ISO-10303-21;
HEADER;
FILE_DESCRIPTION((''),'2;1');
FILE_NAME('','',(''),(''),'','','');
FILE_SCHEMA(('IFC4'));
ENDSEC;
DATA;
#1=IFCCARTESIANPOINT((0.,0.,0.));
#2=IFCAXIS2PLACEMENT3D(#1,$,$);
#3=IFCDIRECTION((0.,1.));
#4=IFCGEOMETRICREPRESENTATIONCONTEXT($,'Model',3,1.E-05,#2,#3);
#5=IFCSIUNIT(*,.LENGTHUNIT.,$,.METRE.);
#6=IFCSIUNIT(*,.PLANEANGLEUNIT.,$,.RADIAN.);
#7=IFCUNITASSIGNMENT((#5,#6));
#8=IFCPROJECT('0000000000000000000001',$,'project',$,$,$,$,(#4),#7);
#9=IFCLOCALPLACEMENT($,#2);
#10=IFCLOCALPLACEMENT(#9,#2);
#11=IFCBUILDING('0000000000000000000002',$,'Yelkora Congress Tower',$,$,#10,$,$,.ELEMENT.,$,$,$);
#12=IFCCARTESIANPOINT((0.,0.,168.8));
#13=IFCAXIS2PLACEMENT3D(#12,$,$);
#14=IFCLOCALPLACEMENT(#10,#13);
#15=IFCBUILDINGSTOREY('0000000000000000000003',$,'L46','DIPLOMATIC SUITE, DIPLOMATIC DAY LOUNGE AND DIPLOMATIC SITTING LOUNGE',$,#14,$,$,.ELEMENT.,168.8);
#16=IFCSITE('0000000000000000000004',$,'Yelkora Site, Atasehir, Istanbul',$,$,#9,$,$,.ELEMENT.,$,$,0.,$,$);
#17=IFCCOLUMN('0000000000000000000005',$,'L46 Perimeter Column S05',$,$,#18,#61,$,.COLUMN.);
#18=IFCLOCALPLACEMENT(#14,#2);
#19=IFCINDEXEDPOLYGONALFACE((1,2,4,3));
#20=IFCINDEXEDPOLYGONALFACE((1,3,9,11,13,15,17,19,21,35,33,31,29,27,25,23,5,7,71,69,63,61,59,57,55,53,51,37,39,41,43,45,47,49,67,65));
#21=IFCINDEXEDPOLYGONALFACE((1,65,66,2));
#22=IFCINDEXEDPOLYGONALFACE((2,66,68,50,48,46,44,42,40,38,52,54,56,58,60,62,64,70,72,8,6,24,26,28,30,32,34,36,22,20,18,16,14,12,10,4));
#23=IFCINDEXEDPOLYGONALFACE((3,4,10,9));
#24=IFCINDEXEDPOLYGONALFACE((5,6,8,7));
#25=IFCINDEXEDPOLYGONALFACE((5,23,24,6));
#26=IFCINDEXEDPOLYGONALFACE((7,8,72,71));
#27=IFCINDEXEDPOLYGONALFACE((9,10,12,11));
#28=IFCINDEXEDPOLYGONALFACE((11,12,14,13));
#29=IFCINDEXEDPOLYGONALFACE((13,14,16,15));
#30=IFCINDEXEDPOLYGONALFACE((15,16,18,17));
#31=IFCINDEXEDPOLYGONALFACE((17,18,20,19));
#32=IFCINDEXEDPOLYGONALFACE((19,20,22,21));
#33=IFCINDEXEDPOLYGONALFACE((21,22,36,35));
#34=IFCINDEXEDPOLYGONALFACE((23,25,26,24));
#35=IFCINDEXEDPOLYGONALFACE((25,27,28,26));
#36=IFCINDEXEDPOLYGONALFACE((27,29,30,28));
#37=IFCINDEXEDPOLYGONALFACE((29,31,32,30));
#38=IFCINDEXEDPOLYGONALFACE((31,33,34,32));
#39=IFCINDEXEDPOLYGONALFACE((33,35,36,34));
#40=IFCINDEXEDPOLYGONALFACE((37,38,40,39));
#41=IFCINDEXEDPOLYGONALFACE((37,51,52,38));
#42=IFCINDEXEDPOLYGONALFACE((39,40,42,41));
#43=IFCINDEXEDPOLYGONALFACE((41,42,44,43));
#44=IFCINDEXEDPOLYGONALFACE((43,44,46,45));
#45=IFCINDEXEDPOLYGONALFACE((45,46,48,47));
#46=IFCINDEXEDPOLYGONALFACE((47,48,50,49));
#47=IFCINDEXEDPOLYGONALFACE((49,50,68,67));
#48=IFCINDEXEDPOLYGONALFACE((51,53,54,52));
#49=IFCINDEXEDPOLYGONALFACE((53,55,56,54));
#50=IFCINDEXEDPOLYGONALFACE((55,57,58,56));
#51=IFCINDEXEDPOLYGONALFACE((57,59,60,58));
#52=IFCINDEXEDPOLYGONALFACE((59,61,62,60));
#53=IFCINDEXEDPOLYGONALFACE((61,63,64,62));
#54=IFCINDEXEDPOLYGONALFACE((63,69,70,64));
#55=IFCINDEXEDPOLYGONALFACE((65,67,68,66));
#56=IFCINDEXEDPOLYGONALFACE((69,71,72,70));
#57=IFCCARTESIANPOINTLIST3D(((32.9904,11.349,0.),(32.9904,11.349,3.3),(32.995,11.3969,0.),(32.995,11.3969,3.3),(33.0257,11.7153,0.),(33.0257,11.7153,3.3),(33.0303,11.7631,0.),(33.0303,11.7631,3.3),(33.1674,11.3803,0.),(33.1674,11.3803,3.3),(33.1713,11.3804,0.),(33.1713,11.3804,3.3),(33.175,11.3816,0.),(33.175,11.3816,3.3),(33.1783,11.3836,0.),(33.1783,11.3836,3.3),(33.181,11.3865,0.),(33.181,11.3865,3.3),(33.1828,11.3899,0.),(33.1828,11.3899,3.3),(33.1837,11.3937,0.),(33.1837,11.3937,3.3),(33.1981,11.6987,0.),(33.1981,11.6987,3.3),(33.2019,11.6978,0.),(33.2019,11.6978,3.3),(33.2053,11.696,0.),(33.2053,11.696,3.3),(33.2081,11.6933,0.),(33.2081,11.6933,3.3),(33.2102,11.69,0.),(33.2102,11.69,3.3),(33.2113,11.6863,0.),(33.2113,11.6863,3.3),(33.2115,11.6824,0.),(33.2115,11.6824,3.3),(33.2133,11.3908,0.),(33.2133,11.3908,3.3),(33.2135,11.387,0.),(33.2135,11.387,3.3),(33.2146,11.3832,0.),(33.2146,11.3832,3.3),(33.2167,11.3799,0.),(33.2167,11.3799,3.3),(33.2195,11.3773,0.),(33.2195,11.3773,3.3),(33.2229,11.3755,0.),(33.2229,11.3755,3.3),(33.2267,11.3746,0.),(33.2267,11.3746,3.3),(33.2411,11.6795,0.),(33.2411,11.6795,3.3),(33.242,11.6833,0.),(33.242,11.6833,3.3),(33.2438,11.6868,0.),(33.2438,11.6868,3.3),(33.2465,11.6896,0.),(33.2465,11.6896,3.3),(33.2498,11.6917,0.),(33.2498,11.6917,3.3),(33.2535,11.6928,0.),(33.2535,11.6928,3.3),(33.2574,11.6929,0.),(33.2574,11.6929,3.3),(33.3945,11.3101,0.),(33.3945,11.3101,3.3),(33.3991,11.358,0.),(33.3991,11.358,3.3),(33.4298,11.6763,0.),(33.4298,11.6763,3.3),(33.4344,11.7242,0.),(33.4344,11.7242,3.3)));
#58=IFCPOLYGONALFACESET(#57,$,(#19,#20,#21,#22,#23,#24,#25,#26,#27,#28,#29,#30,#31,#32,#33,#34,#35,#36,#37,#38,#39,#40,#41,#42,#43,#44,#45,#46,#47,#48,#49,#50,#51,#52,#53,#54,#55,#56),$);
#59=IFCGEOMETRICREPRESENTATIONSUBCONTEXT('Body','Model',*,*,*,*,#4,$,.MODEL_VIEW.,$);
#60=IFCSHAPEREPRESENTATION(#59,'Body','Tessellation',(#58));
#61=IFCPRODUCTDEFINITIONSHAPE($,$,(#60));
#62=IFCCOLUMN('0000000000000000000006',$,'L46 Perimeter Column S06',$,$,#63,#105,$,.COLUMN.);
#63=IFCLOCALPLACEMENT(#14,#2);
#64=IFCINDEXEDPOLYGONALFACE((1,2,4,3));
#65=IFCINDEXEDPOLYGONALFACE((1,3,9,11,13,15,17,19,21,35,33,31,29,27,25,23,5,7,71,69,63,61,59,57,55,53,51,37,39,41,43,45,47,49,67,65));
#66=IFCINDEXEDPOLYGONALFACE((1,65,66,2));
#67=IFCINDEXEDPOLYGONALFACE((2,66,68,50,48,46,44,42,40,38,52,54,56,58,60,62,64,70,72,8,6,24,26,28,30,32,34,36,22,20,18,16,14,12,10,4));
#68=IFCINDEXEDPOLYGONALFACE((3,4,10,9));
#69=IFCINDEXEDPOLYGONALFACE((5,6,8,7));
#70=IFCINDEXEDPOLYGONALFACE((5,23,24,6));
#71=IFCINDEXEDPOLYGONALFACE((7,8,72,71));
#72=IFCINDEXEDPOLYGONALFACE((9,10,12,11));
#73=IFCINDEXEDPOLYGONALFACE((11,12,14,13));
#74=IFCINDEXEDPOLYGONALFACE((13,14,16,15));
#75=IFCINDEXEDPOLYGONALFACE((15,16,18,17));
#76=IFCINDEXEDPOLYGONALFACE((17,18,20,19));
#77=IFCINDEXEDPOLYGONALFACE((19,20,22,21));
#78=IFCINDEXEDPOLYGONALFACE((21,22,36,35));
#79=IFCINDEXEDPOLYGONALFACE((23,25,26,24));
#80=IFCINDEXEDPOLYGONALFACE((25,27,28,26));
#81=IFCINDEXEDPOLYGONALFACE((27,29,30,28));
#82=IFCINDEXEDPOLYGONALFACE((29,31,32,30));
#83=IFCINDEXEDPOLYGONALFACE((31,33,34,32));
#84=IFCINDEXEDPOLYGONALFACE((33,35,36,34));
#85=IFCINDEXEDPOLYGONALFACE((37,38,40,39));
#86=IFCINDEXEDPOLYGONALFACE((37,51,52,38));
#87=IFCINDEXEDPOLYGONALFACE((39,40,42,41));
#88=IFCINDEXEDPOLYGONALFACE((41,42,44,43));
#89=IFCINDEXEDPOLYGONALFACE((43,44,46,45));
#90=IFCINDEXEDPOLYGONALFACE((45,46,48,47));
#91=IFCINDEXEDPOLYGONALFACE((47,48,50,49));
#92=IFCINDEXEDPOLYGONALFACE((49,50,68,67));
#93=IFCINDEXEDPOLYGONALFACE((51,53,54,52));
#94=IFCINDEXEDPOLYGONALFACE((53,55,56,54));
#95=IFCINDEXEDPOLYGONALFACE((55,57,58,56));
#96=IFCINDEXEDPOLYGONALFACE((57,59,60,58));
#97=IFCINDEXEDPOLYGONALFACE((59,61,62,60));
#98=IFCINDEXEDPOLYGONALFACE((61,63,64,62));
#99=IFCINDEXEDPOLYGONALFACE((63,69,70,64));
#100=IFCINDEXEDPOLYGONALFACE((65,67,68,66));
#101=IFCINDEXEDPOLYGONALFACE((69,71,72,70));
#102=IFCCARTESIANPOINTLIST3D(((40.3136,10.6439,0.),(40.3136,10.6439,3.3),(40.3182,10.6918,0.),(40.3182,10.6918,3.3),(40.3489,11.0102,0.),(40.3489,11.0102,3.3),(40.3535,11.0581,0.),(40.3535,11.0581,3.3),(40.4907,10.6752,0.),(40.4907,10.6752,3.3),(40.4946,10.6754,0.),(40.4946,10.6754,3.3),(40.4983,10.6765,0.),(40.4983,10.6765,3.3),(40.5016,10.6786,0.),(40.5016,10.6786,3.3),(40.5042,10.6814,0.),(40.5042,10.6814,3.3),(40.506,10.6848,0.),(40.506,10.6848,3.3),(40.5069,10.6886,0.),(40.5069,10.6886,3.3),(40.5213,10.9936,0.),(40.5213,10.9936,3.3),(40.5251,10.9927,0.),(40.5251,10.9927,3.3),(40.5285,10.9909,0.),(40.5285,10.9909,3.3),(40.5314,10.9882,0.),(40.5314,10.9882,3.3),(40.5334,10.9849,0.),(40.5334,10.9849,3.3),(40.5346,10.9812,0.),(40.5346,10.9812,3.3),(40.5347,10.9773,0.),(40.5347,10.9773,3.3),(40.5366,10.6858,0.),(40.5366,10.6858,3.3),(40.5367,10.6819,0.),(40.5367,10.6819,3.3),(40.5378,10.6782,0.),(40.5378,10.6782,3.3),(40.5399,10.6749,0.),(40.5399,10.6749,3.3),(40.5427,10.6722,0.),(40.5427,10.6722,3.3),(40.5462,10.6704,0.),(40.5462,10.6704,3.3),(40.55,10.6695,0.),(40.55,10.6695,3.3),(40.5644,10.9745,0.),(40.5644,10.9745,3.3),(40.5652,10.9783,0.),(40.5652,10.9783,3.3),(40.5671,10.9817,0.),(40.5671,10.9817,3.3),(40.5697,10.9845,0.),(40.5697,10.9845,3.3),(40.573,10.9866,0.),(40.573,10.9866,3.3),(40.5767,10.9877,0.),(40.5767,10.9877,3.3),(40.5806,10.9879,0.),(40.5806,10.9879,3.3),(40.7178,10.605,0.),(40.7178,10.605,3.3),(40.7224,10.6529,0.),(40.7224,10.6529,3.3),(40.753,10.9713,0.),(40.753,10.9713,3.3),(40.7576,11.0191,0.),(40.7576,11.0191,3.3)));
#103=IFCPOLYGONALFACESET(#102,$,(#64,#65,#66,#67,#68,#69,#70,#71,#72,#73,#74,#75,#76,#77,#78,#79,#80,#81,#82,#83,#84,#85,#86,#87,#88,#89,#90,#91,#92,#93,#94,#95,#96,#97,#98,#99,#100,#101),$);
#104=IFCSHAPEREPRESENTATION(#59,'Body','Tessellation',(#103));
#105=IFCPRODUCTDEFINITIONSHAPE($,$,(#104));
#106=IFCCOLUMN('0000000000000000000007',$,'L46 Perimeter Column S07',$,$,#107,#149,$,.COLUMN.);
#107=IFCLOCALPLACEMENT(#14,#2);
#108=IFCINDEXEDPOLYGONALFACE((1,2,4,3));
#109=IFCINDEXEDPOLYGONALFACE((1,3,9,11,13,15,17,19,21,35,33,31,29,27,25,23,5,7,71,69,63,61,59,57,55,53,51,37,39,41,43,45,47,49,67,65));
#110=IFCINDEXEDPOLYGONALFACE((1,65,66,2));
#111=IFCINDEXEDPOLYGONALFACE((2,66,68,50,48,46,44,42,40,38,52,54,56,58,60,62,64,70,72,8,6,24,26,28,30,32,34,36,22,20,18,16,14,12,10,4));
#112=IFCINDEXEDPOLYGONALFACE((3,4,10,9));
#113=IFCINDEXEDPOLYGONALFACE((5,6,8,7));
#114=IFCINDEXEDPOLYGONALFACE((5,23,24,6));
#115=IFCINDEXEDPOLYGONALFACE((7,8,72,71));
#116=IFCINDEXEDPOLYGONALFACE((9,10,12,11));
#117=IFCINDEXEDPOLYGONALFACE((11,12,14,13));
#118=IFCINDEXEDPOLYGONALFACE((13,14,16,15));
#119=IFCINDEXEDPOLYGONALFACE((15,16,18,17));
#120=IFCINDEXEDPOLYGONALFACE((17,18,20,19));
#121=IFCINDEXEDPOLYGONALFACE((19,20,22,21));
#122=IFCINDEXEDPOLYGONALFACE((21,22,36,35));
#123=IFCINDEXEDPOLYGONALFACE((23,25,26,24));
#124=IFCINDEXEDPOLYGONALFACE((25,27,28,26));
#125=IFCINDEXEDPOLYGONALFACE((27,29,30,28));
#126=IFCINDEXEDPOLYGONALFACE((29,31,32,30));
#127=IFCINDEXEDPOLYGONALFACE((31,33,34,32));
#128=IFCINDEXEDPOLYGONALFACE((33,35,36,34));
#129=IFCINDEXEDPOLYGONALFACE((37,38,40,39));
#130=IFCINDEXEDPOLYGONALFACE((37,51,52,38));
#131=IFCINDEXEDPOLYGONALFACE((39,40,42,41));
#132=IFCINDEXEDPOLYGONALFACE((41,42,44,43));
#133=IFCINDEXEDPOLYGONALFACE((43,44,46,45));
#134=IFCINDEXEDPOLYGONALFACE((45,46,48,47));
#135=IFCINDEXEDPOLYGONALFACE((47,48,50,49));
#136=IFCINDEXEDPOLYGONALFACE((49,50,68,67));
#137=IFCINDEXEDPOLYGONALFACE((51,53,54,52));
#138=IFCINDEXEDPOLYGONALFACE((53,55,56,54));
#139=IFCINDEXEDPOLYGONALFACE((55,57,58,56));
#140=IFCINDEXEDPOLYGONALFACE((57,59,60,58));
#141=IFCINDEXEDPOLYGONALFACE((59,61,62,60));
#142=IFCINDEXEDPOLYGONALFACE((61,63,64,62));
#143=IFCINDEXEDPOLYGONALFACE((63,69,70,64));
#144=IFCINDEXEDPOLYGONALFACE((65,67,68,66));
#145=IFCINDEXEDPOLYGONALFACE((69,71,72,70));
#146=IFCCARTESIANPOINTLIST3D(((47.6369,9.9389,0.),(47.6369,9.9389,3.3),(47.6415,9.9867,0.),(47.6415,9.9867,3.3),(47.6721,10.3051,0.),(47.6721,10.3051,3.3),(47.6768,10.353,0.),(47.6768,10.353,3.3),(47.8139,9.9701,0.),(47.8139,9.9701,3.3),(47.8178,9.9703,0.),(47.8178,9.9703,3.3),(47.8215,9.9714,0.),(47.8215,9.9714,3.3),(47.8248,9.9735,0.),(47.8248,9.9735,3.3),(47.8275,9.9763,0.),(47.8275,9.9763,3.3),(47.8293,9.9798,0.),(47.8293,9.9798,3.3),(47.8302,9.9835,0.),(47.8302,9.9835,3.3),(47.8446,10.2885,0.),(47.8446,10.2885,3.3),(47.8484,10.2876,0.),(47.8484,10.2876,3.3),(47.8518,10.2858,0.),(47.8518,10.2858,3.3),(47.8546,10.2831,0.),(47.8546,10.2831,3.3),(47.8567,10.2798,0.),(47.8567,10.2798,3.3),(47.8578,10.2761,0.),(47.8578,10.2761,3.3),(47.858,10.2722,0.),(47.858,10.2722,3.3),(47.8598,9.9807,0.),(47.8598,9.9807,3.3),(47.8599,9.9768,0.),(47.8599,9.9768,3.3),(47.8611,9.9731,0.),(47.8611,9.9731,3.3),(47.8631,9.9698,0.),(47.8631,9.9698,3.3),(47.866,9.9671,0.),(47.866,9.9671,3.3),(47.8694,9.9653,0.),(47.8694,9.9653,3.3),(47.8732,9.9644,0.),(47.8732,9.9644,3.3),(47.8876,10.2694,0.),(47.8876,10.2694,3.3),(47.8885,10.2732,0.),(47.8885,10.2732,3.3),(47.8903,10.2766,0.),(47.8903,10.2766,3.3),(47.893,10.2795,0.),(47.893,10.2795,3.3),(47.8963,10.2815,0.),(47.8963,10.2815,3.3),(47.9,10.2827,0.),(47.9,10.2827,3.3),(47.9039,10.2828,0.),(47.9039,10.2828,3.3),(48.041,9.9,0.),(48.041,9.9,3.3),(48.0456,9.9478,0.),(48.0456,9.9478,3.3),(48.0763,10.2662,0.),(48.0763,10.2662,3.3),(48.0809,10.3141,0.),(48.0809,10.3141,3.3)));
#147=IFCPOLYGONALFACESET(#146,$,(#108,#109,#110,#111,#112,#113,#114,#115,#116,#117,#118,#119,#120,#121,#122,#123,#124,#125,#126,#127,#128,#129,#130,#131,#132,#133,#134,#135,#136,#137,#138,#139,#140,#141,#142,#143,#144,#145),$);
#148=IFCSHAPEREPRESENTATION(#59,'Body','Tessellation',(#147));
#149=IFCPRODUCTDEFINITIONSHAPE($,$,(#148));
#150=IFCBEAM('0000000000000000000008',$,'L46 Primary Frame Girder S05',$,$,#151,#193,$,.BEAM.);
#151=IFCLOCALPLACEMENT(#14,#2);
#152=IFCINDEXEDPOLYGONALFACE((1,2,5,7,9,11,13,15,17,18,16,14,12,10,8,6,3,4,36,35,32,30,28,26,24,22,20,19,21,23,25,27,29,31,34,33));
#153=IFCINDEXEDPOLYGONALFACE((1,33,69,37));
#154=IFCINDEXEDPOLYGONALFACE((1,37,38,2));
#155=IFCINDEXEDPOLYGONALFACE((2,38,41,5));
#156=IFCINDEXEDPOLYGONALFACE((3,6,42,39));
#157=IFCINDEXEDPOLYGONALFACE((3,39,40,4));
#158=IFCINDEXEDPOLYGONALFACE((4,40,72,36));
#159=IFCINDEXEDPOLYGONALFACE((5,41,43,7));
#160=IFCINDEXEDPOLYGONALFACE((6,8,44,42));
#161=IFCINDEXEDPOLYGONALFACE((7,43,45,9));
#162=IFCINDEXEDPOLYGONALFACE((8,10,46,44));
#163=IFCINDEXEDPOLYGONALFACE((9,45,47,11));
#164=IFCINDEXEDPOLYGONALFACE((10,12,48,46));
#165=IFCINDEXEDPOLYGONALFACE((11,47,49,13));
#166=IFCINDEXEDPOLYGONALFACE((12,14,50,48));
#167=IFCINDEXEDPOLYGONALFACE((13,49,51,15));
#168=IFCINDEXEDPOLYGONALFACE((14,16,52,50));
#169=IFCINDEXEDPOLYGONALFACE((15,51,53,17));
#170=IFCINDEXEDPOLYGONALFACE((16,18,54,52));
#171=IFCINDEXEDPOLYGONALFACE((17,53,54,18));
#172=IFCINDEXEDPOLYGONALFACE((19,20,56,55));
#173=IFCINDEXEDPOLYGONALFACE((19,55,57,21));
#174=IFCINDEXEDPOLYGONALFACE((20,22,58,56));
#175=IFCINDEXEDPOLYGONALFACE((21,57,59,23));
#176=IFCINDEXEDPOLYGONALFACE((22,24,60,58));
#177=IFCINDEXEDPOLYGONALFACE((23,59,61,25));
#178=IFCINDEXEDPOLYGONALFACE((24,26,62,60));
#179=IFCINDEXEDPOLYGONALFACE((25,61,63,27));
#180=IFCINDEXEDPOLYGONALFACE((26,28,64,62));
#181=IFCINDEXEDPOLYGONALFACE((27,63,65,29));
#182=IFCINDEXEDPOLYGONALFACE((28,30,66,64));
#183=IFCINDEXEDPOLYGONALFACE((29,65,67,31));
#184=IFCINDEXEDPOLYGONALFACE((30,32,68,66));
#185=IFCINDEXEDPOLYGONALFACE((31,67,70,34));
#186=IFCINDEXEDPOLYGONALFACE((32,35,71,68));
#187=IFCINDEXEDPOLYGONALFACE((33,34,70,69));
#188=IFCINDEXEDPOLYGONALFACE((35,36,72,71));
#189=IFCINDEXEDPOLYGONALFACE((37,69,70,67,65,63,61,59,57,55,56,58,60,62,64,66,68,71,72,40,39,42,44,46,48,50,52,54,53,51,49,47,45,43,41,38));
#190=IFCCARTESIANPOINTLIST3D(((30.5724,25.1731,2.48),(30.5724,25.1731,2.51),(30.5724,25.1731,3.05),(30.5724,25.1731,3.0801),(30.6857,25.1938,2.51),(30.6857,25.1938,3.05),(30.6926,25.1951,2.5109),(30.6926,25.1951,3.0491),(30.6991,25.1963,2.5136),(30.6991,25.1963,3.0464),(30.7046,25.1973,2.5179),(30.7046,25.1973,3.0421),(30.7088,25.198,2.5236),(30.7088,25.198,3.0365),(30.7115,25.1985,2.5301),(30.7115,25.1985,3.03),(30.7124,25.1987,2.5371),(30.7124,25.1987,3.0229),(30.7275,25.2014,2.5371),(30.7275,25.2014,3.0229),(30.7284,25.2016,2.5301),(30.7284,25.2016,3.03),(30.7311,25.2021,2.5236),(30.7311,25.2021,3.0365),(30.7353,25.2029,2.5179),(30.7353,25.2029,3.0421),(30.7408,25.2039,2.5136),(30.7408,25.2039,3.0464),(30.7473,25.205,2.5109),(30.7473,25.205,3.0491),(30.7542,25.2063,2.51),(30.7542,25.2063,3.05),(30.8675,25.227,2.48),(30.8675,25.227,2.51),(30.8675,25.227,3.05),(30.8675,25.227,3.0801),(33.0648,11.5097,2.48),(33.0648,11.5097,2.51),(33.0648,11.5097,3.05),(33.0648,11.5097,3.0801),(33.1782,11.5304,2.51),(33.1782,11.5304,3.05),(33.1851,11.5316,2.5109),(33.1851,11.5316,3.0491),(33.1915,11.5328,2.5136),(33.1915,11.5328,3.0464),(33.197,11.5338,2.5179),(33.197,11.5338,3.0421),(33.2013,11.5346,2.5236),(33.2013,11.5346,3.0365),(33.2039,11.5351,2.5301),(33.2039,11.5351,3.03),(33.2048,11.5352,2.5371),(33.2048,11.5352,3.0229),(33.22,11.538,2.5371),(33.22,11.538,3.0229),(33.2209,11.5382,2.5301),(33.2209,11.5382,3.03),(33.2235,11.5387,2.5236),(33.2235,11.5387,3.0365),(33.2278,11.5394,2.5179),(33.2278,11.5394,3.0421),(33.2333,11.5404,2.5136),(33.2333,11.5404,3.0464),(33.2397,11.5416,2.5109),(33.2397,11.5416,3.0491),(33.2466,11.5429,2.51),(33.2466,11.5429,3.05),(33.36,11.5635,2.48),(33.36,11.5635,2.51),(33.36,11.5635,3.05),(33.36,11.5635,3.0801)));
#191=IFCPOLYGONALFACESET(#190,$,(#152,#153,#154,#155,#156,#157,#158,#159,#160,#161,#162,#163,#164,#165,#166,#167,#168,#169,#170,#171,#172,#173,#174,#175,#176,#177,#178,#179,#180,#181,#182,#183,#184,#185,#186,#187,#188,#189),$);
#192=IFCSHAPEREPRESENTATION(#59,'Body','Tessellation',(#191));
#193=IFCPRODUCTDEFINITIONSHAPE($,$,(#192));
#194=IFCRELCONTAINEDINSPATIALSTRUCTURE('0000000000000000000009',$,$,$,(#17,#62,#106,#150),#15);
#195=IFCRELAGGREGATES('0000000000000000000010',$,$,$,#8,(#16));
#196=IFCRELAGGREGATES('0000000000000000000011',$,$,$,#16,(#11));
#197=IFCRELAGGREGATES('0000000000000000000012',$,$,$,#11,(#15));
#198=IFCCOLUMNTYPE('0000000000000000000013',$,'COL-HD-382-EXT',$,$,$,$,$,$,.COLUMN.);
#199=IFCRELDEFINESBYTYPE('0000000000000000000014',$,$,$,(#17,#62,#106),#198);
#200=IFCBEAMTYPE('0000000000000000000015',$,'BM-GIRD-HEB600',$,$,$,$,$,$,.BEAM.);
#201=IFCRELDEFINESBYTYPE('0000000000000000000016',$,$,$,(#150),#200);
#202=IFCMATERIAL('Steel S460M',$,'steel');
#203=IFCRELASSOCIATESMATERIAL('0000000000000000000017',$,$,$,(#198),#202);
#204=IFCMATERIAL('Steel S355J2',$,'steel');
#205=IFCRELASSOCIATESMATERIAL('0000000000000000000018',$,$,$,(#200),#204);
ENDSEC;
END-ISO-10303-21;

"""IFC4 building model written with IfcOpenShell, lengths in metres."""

from ifc_helpers import new_model, si_unit, direction, frame, origin, origin_2d, place, context, subcontext, project, spatial, i_section, extrude, material, material_profile, profile_set, type_object, element, save


model = new_model("IFC4")

# Units and contexts
model_context = context("Model", 3, precision=1e-05, world=origin(), true_north=direction((0.0, 1.0)))
body_context = subcontext(model_context, "Body", "Model", "MODEL_VIEW")
ifc_project = project(units=[si_unit("LENGTHUNIT", "METRE"), si_unit("PLANEANGLEUNIT", "RADIAN")], contexts=[model_context])

# Site, building, storey
site_placement = place(None, origin())
site = spatial("IfcSite", under=ifc_project, at=site_placement, Name="Yelkora Site, Atasehir, Istanbul", CompositionType="ELEMENT", RefElevation=0.0)
building_placement = place(site_placement, origin())
building = spatial("IfcBuilding", under=site, at=building_placement, Name="Yelkora Congress Tower", CompositionType="ELEMENT")
storey_placement = place(building_placement, frame((0.0, 0.0, 168.8)))
storey = spatial("IfcBuildingStorey", under=building, at=storey_placement, Name="L46", Description="DIPLOMATIC SUITE, DIPLOMATIC DAY LOUNGE AND DIPLOMATIC SITTING LOUNGE", CompositionType="ELEMENT", Elevation=168.8)

# Columns
ifc_material_1 = material(Name="Steel S460M", Category="steel")
ifc_material_profile_1 = material_profile(ifc_material_1, i_section(OverallWidth=0.406, OverallDepth=0.416, WebThickness=0.0298, FlangeThickness=0.0481, FilletRadius=0.0149, at=origin_2d()), Name="HD 400x382")
ifc_profile_set_1 = profile_set([ifc_material_profile_1], Name="Steel S460M")
column_type = type_object("IfcColumnType", Name="COL-HD-382-EXT", PredefinedType="COLUMN", material=ifc_profile_set_1)
for number, where, z_axis, x_axis, name in (
    (1, (33.2124, 11.5366, 0.0), (0.0, 0.0, 1.0), (0.995396, -0.095846, 0.0), "L46 Perimeter Column S05"),
    (2, (40.5356, 10.8315, 0.0), (0.0, 0.0, 1.0), (0.995396, -0.095846, 0.0), "L46 Perimeter Column S06"),
    (3, (47.8589, 10.1265, 0.0), (0.0, 0.0, 1.0), (0.995396, -0.095846, 0.0), "L46 Perimeter Column S07"),
):
    element("IfcColumn", number, at=place(storey_placement, frame(where, z_axis=z_axis, x_axis=x_axis)), inside=storey, type_object=column_type, Name=name, PredefinedType="COLUMN", context=body_context, shape_type="SweptSolid", body=[
        extrude(i_section(OverallWidth=0.406, OverallDepth=0.416, WebThickness=0.0298, FlangeThickness=0.0481, FilletRadius=0.0149, at=origin_2d()), origin(), (0.0, 0.0, 1.0), 3.3),
    ])

# Beam
ifc_material_2 = material(Name="Steel S355J2", Category="steel")
ifc_material_profile_2 = material_profile(ifc_material_2, i_section(OverallWidth=0.3, OverallDepth=0.6001, WebThickness=0.0154, FlangeThickness=0.03, FilletRadius=0.0271, at=origin_2d()), Name="HEB 600")
ifc_profile_set_2 = profile_set([ifc_material_profile_2], Name="Steel S355J2")
beam_type_1 = type_object("IfcBeamType", Name="BM-GIRD-HEB600", PredefinedType="BEAM", material=ifc_profile_set_2)
beam_1_placement = place(storey_placement, frame((33.2124, 11.5366, 2.78), z_axis=(-0.179456, 0.983766, 0.0), x_axis=(-0.983766, -0.179456, 0.0)))
element("IfcBeam", 4, at=beam_1_placement, inside=storey, type_object=beam_type_1, Name="L46 Primary Frame Girder S05", PredefinedType="BEAM", context=body_context, shape_type="SweptSolid", body=[
    extrude(i_section(OverallWidth=0.3, OverallDepth=0.6001, WebThickness=0.0154, FlangeThickness=0.03, FilletRadius=0.0271, at=origin_2d()), origin(), (0.0, 0.0, 1.0), 13.8889),
])

save(model, "model.ifc")
